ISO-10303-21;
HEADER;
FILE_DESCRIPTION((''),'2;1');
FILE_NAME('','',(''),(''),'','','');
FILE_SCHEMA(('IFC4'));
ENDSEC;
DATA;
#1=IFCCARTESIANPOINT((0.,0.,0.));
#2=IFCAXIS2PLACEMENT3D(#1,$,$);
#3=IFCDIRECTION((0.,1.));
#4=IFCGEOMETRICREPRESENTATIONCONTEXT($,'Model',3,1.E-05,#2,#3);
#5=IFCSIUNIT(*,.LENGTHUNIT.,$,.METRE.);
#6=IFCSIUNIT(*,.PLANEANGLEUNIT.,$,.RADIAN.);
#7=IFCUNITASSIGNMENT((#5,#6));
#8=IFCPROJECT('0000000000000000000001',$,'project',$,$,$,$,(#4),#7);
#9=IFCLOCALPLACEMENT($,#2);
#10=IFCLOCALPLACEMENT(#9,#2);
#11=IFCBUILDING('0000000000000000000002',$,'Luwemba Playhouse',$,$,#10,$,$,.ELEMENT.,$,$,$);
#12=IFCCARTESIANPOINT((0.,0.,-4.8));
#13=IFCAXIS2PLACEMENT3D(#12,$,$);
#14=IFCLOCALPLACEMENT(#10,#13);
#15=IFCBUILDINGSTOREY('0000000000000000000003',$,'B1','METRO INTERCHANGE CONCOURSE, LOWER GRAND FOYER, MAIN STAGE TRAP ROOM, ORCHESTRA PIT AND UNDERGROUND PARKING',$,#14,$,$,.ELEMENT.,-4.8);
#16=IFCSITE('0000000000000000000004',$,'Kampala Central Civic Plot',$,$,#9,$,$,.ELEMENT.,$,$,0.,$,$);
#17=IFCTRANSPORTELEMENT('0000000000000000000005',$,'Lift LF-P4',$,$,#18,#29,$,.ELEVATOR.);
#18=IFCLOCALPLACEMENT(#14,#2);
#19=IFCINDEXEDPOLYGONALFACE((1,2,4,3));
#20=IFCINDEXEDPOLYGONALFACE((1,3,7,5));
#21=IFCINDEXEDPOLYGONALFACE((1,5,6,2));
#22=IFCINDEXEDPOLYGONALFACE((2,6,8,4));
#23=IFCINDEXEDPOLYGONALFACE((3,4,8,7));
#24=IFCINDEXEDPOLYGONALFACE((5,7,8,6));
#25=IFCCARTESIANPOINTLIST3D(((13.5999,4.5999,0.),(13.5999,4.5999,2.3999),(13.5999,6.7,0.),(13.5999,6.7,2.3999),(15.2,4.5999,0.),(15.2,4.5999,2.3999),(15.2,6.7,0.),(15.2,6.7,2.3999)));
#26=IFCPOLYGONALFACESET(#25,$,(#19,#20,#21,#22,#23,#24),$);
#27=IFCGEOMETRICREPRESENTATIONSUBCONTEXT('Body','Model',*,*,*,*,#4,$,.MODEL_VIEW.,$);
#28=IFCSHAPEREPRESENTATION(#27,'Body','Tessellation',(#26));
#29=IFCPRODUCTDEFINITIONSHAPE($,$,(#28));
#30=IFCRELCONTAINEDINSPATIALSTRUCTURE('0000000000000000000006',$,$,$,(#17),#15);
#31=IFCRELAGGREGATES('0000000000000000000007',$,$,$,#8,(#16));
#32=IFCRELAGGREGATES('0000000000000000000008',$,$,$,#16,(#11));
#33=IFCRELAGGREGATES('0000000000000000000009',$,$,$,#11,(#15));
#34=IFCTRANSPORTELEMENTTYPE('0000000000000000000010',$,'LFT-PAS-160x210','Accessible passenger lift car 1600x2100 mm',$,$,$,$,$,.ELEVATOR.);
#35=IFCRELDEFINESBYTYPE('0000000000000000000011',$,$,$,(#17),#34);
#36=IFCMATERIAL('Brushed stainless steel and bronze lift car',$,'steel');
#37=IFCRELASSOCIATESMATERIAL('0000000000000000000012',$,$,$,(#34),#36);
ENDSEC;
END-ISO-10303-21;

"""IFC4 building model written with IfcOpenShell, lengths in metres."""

from ifc_helpers import new_model, si_unit, direction, frame, origin, origin_2d, place, context, subcontext, project, spatial, rectangle, extrude, material, type_object, element, save


model = new_model("IFC4")

# Units and contexts
model_context = context("Model", 3, precision=1e-05, world=origin(), true_north=direction((0.0, 1.0)))
body_context = subcontext(model_context, "Body", "Model", "MODEL_VIEW")
ifc_project = project(units=[si_unit("LENGTHUNIT", "METRE"), si_unit("PLANEANGLEUNIT", "RADIAN")], contexts=[model_context])

# Site, building, storey
site_placement = place(None, origin())
site = spatial("IfcSite", under=ifc_project, at=site_placement, Name="Kampala Central Civic Plot", CompositionType="ELEMENT", RefElevation=0.0)
building_placement = place(site_placement, origin())
building = spatial("IfcBuilding", under=site, at=building_placement, Name="Luwemba Playhouse", CompositionType="ELEMENT")
storey_placement = place(building_placement, frame((0.0, 0.0, -4.8)))
storey = spatial("IfcBuildingStorey", under=building, at=storey_placement, Name="B1", Description="METRO INTERCHANGE CONCOURSE, LOWER GRAND FOYER, MAIN STAGE TRAP ROOM, ORCHESTRA PIT AND UNDERGROUND PARKING", CompositionType="ELEMENT", Elevation=-4.8)

# Transport element
ifc_material_1 = material(Name="Brushed stainless steel and bronze lift car", Category="steel")
transport_element_type = type_object("IfcTransportElementType", Name="LFT-PAS-160x210", Description="Accessible passenger lift car 1600x2100 mm", PredefinedType="ELEVATOR", material=ifc_material_1)
transport_element_placement = place(storey_placement, frame((14.3999, 5.6499, 0.0), z_axis=(0.0, 0.0, 1.0), x_axis=(1.0, 0.0, 0.0)))
element("IfcTransportElement", 1, at=transport_element_placement, inside=storey, type_object=transport_element_type, Name="Lift LF-P4", PredefinedType="ELEVATOR", context=body_context, shape_type="SweptSolid", body=[
    extrude(rectangle(XDim=1.6001, YDim=2.1001, at=origin_2d()), origin(), (0.0, 0.0, 1.0), 2.3999),
])

save(model, "model.ifc")
